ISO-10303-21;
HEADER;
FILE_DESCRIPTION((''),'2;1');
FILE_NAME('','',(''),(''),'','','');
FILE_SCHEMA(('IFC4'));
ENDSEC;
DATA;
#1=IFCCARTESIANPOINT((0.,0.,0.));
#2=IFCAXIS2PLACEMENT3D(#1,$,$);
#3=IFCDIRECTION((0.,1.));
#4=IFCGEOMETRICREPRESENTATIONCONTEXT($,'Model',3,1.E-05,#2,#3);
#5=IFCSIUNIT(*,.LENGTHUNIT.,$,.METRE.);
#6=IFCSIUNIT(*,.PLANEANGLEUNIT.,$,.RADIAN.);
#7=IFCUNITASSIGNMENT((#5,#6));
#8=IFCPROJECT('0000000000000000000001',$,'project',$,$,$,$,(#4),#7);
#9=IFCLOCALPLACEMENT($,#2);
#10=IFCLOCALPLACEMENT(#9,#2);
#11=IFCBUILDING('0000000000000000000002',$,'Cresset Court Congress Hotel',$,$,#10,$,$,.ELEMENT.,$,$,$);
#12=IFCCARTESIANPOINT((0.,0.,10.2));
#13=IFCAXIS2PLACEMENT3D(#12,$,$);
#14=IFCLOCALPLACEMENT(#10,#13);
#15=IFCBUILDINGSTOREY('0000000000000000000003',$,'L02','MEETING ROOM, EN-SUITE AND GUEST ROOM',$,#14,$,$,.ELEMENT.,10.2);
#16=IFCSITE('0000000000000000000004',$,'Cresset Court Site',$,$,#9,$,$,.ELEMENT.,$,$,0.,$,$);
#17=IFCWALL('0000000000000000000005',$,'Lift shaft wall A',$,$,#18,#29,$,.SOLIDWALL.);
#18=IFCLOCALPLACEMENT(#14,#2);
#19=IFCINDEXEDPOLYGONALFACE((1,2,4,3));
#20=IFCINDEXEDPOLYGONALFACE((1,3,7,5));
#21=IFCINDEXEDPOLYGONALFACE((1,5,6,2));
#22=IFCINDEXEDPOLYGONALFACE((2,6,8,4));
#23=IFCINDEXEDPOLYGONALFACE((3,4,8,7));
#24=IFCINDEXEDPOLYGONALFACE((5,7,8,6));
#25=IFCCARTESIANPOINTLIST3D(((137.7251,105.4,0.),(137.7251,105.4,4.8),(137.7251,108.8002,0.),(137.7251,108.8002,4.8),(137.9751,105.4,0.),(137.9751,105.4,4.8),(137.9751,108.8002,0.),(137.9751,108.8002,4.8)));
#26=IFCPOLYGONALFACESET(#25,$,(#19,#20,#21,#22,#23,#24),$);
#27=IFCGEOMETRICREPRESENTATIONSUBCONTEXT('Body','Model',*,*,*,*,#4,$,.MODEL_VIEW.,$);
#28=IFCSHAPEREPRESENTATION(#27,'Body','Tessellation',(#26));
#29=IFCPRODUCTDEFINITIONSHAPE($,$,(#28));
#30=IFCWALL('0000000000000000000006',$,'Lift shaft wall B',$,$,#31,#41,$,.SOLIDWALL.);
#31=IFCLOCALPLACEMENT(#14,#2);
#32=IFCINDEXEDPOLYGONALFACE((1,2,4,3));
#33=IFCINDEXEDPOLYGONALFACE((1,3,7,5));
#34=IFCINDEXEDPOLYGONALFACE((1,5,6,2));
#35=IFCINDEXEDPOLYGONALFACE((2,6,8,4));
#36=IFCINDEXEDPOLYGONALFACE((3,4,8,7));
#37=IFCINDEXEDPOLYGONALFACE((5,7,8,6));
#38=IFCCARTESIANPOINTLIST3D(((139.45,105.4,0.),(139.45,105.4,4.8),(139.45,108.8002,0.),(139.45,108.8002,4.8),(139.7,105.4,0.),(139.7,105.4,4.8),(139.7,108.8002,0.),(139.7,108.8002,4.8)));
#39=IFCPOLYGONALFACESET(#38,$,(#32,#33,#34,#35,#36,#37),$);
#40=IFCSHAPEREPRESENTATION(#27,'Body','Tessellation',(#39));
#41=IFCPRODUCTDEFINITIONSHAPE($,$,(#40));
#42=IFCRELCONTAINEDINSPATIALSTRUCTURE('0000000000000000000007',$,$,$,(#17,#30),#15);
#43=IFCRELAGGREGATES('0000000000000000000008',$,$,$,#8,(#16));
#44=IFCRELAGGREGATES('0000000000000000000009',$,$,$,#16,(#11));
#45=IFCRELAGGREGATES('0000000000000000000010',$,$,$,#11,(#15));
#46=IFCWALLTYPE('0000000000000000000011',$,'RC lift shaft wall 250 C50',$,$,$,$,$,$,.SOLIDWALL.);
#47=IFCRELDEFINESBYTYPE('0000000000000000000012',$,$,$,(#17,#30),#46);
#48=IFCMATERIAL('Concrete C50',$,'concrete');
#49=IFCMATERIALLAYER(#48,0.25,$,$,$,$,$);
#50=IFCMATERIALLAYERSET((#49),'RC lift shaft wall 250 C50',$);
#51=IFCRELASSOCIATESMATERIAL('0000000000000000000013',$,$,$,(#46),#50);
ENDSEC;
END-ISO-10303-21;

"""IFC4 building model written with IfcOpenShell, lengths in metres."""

from ifc_helpers import new_model, si_unit, direction, frame, frame_2d, origin, place, context, subcontext, project, spatial, rectangle, extrude, material, layer, layer_set, type_object, element, save


model = new_model("IFC4")

# Units and contexts
model_context = context("Model", 3, precision=1e-05, world=origin(), true_north=direction((0.0, 1.0)))
body_context = subcontext(model_context, "Body", "Model", "MODEL_VIEW")
ifc_project = project(units=[si_unit("LENGTHUNIT", "METRE"), si_unit("PLANEANGLEUNIT", "RADIAN")], contexts=[model_context])

# Site, building, storey
site_placement = place(None, origin())
site = spatial("IfcSite", under=ifc_project, at=site_placement, Name="Cresset Court Site", CompositionType="ELEMENT", RefElevation=0.0)
building_placement = place(site_placement, origin())
building = spatial("IfcBuilding", under=site, at=building_placement, Name="Cresset Court Congress Hotel", CompositionType="ELEMENT")
storey_placement = place(building_placement, frame((0.0, 0.0, 10.2)))
storey = spatial("IfcBuildingStorey", under=building, at=storey_placement, Name="L02", Description="MEETING ROOM, EN-SUITE AND GUEST ROOM", CompositionType="ELEMENT", Elevation=10.2)

# Shared definitions
ifc_material_1 = material(Name="Concrete C50", Category="concrete")
ifc_layer_1 = layer(ifc_material_1, 0.25)
ifc_layer_set_1 = layer_set([ifc_layer_1], Name="RC lift shaft wall 250 C50")
wall_type_1 = type_object("IfcWallType", Name="RC lift shaft wall 250 C50", PredefinedType="SOLIDWALL", material=ifc_layer_set_1)

# Walls
for number, where, z_axis, x_axis, name in (
    (1, (137.8501, 105.3999, 0.0), (0.0, 0.0, 1.0), (0.0, 1.0, 0.0), "Lift shaft wall A"),
    (2, (139.575, 105.3999, 0.0), (0.0, 0.0, 1.0), (0.0, 1.0, 0.0), "Lift shaft wall B"),
):
    element("IfcWall", number, at=place(storey_placement, frame(where, z_axis=z_axis, x_axis=x_axis)), inside=storey, type_object=wall_type_1, Name=name, PredefinedType="SOLIDWALL", context=body_context, shape_type="SweptSolid", body=[
        extrude(rectangle(XDim=3.4001, YDim=0.25, at=frame_2d((1.7002, 0.0))), origin(), (0.0, 0.0, 1.0), 4.8),
    ])

save(model, "model.ifc")
